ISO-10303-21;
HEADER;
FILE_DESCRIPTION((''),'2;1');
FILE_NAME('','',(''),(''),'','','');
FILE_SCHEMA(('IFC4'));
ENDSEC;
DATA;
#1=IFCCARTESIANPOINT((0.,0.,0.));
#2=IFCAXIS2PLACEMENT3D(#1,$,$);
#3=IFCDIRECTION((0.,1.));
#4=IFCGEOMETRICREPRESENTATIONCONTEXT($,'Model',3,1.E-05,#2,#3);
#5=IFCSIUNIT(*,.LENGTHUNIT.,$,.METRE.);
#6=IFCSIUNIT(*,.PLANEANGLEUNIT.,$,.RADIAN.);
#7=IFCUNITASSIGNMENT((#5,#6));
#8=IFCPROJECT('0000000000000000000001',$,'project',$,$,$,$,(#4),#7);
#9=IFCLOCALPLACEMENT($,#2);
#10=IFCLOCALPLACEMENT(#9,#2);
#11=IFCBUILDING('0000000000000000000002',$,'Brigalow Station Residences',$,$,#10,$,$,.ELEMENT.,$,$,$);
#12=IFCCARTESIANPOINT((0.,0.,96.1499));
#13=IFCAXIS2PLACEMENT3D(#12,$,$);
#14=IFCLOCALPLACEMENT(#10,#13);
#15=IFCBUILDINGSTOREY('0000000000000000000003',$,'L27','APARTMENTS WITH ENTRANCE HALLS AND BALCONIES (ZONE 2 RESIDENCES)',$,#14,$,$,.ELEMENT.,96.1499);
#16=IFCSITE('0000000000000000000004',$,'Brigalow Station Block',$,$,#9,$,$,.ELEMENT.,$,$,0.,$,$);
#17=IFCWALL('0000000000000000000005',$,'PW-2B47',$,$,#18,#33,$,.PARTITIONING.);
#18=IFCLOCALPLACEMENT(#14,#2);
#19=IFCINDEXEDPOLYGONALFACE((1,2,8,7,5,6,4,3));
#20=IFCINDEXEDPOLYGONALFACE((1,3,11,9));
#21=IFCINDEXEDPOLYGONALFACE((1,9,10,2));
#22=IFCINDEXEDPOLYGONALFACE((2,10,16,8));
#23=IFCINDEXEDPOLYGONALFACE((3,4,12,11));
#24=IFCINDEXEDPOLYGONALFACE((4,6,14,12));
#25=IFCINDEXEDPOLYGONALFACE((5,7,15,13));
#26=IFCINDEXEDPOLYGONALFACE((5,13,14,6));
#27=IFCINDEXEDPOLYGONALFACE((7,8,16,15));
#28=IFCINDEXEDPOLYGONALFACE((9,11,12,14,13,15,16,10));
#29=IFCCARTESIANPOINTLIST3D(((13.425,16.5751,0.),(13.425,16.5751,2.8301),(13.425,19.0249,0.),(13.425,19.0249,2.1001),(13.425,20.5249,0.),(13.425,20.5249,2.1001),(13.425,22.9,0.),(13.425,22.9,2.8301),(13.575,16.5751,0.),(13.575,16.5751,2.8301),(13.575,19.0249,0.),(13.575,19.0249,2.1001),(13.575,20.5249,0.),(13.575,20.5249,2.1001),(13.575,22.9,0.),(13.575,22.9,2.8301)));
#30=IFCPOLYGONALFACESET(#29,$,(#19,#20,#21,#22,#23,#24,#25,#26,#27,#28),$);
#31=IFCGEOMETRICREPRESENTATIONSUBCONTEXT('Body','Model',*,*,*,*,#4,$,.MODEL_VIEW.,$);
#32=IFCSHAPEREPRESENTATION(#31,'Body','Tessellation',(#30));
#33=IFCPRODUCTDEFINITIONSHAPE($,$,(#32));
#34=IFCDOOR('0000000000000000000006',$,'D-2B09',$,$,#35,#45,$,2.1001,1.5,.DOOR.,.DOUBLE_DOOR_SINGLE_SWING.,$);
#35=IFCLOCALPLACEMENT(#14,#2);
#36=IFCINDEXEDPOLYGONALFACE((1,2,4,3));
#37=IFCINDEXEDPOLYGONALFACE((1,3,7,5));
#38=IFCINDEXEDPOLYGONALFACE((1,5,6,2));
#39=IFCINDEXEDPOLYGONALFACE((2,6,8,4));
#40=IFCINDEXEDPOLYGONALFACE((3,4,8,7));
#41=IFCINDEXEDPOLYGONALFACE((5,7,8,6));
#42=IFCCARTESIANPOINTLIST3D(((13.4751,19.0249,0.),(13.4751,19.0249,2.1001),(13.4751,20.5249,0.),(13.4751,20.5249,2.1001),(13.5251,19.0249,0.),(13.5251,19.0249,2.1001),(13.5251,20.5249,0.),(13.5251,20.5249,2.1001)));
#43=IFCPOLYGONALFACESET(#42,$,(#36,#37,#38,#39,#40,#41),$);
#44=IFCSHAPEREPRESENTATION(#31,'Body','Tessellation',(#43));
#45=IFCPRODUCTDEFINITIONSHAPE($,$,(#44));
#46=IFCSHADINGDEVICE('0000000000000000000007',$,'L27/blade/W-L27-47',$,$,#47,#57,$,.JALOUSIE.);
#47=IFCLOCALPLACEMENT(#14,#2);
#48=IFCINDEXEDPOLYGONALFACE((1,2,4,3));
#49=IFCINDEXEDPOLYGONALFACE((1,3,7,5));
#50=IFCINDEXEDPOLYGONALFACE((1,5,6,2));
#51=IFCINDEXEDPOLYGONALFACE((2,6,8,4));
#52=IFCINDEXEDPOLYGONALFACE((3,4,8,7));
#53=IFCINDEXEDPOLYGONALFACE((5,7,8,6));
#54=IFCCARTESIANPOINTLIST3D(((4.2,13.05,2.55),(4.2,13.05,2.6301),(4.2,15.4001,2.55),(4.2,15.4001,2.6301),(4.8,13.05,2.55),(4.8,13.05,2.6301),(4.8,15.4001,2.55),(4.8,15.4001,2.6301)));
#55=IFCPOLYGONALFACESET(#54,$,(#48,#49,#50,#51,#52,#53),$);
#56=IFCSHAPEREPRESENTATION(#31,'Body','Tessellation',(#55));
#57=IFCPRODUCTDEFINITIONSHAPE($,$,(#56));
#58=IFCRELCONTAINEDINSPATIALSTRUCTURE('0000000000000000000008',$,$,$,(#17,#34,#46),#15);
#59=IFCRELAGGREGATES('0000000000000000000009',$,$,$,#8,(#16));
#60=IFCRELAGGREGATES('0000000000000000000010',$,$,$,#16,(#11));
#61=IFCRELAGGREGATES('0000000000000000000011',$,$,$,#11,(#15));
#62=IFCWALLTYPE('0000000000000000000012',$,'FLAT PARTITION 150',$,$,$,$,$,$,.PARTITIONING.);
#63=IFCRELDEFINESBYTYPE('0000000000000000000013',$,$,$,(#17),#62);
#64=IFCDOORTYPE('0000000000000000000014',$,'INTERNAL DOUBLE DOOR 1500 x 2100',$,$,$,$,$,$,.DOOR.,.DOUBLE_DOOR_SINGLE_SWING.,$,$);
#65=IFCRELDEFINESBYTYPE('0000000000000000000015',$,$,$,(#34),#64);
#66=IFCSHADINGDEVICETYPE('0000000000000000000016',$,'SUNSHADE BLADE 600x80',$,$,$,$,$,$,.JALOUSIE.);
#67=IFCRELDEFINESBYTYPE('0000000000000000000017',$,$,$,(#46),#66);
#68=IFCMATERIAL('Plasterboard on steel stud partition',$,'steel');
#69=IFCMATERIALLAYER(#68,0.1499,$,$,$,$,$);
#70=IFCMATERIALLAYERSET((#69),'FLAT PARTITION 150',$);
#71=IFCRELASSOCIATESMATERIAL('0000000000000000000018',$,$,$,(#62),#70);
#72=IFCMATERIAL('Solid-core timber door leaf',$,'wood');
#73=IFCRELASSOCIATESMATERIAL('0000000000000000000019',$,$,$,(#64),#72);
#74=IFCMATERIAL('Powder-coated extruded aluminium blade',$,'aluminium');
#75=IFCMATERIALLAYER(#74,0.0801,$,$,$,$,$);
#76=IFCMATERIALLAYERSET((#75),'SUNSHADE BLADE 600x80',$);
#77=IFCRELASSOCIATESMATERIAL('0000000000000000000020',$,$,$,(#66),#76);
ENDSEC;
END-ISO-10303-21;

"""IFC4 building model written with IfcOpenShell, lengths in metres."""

from ifc_helpers import new_model, si_unit, direction, frame, frame_2d, origin, origin_2d, place, context, subcontext, project, spatial, rectangle, extrude, material, layer, layer_set, type_object, element, fill, save


model = new_model("IFC4")

# Units and contexts
model_context = context("Model", 3, precision=1e-05, world=origin(), true_north=direction((0.0, 1.0)))
body_context = subcontext(model_context, "Body", "Model", "MODEL_VIEW")
ifc_project = project(units=[si_unit("LENGTHUNIT", "METRE"), si_unit("PLANEANGLEUNIT", "RADIAN")], contexts=[model_context])

# Site, building, storey
site_placement = place(None, origin())
site = spatial("IfcSite", under=ifc_project, at=site_placement, Name="Brigalow Station Block", CompositionType="ELEMENT", RefElevation=0.0)
building_placement = place(site_placement, origin())
building = spatial("IfcBuilding", under=site, at=building_placement, Name="Brigalow Station Residences", CompositionType="ELEMENT")
storey_placement = place(building_placement, frame((0.0, 0.0, 96.1499)))
storey = spatial("IfcBuildingStorey", under=building, at=storey_placement, Name="L27", Description="APARTMENTS WITH ENTRANCE HALLS AND BALCONIES (ZONE 2 RESIDENCES)", CompositionType="ELEMENT", Elevation=96.1499)

# Shared definitions
ifc_material_1 = material(Name="Plasterboard on steel stud partition", Category="steel")
ifc_layer_1 = layer(ifc_material_1, 0.1499)
ifc_layer_set_1 = layer_set([ifc_layer_1], Name="FLAT PARTITION 150")
wall_type_1 = type_object("IfcWallType", Name="FLAT PARTITION 150", PredefinedType="PARTITIONING", material=ifc_layer_set_1)

# Wall, opening, door
wall_1_placement = place(storey_placement, frame((13.5, 16.575, 0.0), z_axis=(0.0, 0.0, 1.0), x_axis=(0.0, 1.0, 0.0)))
wall_1 = element("IfcWall", 1, at=wall_1_placement, inside=storey, type_object=wall_type_1, Name="PW-2B47", PredefinedType="PARTITIONING", context=body_context, shape_type="SweptSolid", body=[
    extrude(rectangle(XDim=6.325, YDim=0.1499, at=frame_2d((3.1626, 0.0))), origin(), (0.0, 0.0, 1.0), 2.8301),
])
opening_1_placement = place(wall_1_placement, frame((2.45, 0.0, 0.0)))
opening_1 = element("IfcOpeningElement", 2, at=opening_1_placement, cuts=wall_1, PredefinedType="OPENING", context=body_context, shape_type="SweptSolid", body=[
    extrude(rectangle(XDim=1.5, YDim=2.1001, at=frame_2d((0.75, 1.05))), frame((0.0, 0.085, 0.0), z_axis=(0.0, -1.0, 0.0), x_axis=(1.0, 0.0, 0.0)), (0.0, 0.0, 1.0), 0.1699),
])
ifc_material_2 = material(Name="Solid-core timber door leaf", Category="wood")
door_type_1 = type_object("IfcDoorType", Name="INTERNAL DOUBLE DOOR 1500 x 2100", OperationType="DOUBLE_DOOR_SINGLE_SWING", PredefinedType="DOOR", material=ifc_material_2)
door_1_placement = place(opening_1_placement, origin())
door_1 = element("IfcDoor", 3, at=door_1_placement, inside=storey, type_object=door_type_1, Name="D-2B09", OperationType="DOUBLE_DOOR_SINGLE_SWING", OverallHeight=2.1001, OverallWidth=1.5, PredefinedType="DOOR", context=body_context, shape_type="SweptSolid", body=[
    extrude(rectangle(XDim=1.5, YDim=2.1001, at=frame_2d((0.75, 1.05))), frame((0.0, 0.0249, 0.0), z_axis=(0.0, -1.0, 0.0), x_axis=(1.0, 0.0, 0.0)), (0.0, 0.0, 1.0), 0.05),
])
fill(opening_1, door_1)

# Shading device
ifc_material_3 = material(Name="Powder-coated extruded aluminium blade", Category="aluminium")
ifc_layer_2 = layer(ifc_material_3, 0.0801)
ifc_layer_set_2 = layer_set([ifc_layer_2], Name="SUNSHADE BLADE 600x80")
shading_device_type = type_object("IfcShadingDeviceType", Name="SUNSHADE BLADE 600x80", PredefinedType="JALOUSIE", material=ifc_layer_set_2)
shading_device_placement = place(storey_placement, frame((4.5, 14.2251, 2.55), z_axis=(0.0, 0.0, 1.0), x_axis=(0.0, -1.0, 0.0)))
element("IfcShadingDevice", 4, at=shading_device_placement, inside=storey, type_object=shading_device_type, Name="L27/blade/W-L27-47", PredefinedType="JALOUSIE", context=body_context, shape_type="SweptSolid", body=[
    extrude(rectangle(XDim=2.3501, YDim=0.6001, at=origin_2d()), origin(), (0.0, 0.0, 1.0), 0.0801),
])

save(model, "model.ifc")
